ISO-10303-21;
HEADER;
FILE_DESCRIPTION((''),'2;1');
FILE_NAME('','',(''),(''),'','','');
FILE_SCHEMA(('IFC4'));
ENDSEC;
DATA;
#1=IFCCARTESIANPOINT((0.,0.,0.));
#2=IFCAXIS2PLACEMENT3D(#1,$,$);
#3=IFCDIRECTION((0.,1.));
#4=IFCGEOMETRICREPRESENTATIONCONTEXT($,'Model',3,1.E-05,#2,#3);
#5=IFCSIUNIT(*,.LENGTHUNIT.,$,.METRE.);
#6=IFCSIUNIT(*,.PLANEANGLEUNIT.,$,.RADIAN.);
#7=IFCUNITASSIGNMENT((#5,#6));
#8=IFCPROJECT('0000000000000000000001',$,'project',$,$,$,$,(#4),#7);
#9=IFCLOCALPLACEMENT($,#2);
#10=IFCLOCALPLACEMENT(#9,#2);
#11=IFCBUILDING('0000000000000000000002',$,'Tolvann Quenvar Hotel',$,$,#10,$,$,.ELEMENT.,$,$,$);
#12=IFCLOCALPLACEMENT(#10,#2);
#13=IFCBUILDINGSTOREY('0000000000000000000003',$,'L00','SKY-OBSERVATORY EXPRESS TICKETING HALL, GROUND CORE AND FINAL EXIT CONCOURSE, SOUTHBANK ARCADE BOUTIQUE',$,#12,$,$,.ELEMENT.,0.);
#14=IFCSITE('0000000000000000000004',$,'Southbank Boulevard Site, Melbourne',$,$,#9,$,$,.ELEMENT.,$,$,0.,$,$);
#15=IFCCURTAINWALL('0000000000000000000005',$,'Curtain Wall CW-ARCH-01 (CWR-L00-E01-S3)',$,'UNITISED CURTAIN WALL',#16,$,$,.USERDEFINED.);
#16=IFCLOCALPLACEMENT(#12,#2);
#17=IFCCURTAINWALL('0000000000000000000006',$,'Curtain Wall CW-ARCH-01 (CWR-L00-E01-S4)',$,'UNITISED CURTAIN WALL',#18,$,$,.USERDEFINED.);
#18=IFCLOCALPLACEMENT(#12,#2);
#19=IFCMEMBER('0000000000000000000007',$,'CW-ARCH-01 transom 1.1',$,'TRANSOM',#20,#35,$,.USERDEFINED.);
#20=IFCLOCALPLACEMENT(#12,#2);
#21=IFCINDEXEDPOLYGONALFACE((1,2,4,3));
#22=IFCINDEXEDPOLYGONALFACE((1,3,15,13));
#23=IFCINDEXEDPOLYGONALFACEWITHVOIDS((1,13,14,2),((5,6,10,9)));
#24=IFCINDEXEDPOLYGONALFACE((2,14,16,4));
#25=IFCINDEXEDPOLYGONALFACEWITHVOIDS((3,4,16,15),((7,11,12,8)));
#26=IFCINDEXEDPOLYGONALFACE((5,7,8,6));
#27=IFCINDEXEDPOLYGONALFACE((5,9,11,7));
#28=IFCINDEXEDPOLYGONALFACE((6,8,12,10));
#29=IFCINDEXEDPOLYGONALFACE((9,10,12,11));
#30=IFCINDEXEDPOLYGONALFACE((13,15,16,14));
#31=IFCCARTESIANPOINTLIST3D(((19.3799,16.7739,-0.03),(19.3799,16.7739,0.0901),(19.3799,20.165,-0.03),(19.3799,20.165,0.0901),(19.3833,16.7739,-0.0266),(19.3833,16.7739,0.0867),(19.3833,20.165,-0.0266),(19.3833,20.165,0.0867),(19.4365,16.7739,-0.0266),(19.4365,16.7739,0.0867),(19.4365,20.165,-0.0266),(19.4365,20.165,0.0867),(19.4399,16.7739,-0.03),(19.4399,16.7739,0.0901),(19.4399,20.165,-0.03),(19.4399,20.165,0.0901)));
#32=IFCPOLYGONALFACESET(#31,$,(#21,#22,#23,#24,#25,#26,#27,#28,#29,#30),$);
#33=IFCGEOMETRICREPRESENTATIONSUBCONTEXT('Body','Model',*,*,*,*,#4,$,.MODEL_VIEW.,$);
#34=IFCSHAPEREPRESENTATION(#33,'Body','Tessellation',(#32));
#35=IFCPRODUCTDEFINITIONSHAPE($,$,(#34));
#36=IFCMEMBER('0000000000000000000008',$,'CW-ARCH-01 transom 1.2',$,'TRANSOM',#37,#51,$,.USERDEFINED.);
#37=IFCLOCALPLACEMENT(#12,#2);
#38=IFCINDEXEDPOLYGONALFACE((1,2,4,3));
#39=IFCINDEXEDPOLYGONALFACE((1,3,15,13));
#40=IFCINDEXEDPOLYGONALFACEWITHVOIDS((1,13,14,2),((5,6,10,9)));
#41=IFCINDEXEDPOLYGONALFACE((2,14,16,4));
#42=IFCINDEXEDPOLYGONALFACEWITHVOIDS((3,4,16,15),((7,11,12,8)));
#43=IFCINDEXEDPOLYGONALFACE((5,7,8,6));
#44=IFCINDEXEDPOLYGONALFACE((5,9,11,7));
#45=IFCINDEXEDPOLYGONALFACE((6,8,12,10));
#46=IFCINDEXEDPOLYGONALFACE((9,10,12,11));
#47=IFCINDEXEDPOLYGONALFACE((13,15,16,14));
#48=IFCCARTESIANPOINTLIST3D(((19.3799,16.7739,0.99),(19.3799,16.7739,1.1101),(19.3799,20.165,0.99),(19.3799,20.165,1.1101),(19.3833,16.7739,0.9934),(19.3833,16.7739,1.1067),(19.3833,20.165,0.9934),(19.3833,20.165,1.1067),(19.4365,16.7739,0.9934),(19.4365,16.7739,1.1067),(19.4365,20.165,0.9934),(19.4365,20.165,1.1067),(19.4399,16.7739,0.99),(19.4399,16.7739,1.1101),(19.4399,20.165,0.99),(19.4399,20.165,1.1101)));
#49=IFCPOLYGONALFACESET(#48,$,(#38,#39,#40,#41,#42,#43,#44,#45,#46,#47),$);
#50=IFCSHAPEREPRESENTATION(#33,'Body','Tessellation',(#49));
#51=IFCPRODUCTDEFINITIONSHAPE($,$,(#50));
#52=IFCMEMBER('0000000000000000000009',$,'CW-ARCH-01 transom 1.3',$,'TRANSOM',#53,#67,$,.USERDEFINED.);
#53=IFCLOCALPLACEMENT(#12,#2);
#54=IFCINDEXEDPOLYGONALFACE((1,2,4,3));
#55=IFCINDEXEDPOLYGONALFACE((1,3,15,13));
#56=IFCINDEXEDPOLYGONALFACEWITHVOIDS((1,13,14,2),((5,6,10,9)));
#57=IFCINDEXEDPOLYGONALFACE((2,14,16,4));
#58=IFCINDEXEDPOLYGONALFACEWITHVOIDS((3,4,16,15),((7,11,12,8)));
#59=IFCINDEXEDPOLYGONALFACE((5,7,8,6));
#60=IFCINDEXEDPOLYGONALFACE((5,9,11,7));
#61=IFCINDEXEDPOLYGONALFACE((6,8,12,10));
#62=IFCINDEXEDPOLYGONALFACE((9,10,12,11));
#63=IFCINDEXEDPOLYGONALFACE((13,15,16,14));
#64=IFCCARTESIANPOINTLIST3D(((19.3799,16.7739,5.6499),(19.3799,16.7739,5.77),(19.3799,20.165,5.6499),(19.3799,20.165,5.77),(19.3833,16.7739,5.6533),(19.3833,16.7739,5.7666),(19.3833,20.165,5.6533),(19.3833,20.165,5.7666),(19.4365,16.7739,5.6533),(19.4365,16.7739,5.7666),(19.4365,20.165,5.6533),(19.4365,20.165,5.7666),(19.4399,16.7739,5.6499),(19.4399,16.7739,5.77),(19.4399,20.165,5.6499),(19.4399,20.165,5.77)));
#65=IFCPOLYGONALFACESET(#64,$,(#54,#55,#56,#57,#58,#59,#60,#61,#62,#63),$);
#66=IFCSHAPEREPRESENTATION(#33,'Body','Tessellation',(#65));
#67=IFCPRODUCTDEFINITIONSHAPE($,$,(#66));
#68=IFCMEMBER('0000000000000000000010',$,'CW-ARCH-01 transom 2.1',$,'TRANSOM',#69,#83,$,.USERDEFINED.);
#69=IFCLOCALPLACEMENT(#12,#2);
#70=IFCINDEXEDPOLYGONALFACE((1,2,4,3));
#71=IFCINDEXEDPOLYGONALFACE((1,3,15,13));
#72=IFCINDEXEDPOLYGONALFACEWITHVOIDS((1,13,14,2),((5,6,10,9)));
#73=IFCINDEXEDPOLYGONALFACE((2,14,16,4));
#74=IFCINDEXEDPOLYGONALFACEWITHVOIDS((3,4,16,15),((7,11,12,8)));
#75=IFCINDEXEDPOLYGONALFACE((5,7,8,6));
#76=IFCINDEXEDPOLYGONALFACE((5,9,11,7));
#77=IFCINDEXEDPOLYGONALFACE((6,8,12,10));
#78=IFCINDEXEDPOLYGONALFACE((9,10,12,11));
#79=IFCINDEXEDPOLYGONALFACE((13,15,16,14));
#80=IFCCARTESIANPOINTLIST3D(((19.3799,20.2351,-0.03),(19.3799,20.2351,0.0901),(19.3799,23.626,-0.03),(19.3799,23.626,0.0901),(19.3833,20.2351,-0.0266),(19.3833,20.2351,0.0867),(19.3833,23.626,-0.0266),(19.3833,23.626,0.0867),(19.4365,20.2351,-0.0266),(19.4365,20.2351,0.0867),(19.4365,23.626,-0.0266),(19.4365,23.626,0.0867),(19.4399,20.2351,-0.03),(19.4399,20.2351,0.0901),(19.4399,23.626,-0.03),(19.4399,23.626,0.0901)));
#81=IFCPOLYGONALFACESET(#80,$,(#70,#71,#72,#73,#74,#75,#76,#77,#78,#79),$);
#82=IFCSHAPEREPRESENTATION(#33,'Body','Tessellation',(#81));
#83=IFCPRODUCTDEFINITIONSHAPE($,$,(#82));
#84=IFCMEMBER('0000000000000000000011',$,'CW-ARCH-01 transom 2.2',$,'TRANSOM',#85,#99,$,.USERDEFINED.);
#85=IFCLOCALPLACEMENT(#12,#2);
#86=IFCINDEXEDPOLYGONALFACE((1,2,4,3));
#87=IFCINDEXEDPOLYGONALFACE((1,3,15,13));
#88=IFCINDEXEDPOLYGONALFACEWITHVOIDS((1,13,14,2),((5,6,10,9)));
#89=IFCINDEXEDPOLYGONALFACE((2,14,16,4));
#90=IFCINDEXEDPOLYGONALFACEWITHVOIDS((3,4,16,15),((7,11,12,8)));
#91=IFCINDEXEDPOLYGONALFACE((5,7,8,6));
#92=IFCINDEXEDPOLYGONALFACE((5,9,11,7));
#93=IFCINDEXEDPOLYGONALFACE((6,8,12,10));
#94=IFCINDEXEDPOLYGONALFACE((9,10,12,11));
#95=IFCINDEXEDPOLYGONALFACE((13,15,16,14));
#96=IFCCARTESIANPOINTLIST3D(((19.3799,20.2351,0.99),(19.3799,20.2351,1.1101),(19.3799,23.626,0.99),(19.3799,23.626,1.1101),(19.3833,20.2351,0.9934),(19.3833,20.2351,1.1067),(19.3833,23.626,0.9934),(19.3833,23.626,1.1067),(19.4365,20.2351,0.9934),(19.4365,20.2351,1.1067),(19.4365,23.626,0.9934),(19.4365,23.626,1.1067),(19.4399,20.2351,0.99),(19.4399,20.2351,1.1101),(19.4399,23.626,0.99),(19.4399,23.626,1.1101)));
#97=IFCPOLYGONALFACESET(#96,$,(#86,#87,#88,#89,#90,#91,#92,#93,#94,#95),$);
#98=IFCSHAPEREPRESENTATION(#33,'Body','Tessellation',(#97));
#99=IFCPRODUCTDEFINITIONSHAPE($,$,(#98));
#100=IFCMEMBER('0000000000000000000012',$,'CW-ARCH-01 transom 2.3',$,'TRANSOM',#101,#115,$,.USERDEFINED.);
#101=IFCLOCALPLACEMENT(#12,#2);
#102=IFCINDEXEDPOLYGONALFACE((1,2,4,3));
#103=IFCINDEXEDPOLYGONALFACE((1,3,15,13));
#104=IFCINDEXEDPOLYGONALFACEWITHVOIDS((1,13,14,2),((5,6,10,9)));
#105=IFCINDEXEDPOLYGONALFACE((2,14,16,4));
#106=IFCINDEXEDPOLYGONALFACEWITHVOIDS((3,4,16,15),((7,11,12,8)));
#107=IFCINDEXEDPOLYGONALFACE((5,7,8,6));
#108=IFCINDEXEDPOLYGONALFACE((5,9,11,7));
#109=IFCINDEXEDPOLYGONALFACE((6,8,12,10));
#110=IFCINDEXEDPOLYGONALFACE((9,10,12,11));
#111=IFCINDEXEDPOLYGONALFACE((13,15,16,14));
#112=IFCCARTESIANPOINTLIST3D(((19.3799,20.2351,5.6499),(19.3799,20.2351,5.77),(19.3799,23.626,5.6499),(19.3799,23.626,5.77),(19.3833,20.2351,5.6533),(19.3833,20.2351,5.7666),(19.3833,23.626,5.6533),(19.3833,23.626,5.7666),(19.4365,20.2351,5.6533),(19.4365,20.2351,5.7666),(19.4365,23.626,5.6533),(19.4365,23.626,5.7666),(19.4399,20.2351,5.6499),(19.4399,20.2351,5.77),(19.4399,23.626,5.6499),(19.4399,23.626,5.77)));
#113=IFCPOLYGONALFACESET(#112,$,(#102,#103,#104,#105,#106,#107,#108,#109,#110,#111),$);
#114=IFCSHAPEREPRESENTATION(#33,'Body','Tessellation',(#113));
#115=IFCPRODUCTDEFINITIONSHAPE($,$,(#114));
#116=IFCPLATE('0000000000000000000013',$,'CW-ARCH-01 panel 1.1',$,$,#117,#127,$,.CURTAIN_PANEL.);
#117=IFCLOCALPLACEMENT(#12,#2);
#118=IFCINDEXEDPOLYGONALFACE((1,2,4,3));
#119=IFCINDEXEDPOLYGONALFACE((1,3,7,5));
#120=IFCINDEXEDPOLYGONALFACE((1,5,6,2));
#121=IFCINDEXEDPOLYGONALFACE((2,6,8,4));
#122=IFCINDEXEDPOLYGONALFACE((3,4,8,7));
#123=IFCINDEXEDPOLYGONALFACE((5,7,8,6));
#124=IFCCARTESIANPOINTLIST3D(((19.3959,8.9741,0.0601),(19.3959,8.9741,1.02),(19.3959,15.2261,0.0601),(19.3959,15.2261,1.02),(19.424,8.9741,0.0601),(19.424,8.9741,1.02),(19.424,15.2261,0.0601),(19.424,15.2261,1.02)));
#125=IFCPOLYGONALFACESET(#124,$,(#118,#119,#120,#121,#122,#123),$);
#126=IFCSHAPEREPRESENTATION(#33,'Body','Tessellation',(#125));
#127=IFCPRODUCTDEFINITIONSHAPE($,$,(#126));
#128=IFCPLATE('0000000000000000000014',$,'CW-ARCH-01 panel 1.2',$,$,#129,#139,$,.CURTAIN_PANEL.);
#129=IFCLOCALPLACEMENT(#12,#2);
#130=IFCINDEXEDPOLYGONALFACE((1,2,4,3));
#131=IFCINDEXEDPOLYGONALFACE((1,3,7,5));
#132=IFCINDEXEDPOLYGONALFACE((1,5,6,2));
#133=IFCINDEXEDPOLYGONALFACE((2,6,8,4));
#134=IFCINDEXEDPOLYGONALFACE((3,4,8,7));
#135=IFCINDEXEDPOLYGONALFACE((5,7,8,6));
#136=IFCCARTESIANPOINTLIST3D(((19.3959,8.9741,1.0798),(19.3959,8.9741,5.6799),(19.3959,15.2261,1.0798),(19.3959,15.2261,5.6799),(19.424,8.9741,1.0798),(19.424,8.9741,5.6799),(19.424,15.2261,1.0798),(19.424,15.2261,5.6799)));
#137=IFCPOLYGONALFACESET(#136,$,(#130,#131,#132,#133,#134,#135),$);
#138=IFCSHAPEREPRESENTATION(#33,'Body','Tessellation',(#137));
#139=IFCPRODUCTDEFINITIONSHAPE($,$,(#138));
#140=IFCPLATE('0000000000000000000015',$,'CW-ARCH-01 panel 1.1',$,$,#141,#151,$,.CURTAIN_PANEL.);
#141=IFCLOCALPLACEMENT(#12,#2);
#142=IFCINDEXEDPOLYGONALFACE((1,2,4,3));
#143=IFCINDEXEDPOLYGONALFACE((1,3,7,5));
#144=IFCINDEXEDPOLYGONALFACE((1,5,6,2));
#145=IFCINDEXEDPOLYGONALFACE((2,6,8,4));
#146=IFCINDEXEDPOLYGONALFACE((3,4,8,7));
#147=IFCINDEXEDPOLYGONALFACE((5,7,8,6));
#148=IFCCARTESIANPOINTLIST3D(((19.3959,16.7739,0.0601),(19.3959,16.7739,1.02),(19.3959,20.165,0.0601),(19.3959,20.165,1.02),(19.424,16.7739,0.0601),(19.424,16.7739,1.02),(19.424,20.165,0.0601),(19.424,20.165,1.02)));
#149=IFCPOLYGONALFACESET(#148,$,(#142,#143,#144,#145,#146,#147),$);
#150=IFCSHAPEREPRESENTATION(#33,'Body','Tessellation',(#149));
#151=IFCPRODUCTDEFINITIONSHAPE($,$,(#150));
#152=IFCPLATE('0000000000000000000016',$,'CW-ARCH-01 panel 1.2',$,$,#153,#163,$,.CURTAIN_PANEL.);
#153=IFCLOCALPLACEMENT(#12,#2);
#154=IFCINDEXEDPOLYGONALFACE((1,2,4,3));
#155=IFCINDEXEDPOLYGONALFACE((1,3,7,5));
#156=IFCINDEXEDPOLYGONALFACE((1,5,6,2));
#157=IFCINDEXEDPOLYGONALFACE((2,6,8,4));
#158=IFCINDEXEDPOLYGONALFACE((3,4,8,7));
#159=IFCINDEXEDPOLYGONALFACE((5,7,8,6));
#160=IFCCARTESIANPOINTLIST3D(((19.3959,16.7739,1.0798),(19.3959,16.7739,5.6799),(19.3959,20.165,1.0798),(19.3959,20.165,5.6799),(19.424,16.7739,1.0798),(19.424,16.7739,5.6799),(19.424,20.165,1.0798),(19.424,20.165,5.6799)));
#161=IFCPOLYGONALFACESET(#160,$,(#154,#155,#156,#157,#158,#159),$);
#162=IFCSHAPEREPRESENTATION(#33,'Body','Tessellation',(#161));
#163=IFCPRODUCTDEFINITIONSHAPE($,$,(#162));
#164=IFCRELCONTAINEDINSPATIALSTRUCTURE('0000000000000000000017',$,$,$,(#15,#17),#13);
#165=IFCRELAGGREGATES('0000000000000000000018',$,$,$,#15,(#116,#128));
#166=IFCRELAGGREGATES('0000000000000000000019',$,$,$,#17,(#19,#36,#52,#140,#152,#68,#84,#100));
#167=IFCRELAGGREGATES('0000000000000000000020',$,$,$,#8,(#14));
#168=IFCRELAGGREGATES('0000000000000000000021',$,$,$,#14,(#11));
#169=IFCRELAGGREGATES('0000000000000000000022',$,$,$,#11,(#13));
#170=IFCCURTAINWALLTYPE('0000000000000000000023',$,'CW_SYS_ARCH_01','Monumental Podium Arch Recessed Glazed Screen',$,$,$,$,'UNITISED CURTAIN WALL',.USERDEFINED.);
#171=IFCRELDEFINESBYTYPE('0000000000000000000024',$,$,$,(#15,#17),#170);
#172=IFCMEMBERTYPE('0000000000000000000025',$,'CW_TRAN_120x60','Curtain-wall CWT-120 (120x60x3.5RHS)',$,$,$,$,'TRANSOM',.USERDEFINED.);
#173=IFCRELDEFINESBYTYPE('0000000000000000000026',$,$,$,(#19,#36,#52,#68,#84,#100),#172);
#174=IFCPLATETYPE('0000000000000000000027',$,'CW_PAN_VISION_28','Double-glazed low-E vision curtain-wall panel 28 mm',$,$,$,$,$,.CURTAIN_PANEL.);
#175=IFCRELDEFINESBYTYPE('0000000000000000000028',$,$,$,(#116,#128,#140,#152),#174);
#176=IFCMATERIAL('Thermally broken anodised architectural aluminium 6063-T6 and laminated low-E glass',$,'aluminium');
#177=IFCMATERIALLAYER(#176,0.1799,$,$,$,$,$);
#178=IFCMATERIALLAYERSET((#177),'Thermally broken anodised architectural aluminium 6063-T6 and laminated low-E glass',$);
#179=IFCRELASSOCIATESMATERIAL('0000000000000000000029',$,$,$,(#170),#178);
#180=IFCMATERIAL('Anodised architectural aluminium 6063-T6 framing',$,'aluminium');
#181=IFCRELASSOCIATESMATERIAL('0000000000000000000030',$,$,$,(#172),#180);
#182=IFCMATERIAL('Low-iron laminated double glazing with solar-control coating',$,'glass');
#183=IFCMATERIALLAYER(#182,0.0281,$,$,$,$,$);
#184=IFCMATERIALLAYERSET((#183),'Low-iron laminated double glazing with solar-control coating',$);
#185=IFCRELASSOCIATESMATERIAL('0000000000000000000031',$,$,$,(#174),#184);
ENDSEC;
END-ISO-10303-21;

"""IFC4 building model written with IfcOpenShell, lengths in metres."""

from ifc_helpers import new_model, si_unit, direction, frame, origin, origin_2d, place, context, subcontext, project, spatial, rectangle, hollow_rectangle, extrude, source, transform, mapped, material, layer, layer_set, material_profile, profile_set, type_object, type_shapes, element, aggregate, save


model = new_model("IFC4")

# Units and contexts
model_context = context("Model", 3, precision=1e-05, world=origin(), true_north=direction((0.0, 1.0)))
body_context = subcontext(model_context, "Body", "Model", "MODEL_VIEW")
ifc_project = project(units=[si_unit("LENGTHUNIT", "METRE"), si_unit("PLANEANGLEUNIT", "RADIAN")], contexts=[model_context])

# Site, building, storey
site_placement = place(None, origin())
site = spatial("IfcSite", under=ifc_project, at=site_placement, Name="Southbank Boulevard Site, Melbourne", CompositionType="ELEMENT", RefElevation=0.0)
building_placement = place(site_placement, origin())
building = spatial("IfcBuilding", under=site, at=building_placement, Name="Tolvann Quenvar Hotel", CompositionType="ELEMENT")
storey_placement = place(building_placement, origin())
storey = spatial("IfcBuildingStorey", under=building, at=storey_placement, Name="L00", Description="SKY-OBSERVATORY EXPRESS TICKETING HALL, GROUND CORE AND FINAL EXIT CONCOURSE, SOUTHBANK ARCADE BOUTIQUE", CompositionType="ELEMENT", Elevation=0.0)

# Curtain walls
ifc_material_1 = material(Name="Thermally broken anodised architectural aluminium 6063-T6 and laminated low-E glass", Category="aluminium")
ifc_layer_1 = layer(ifc_material_1, 0.1799)
ifc_layer_set_1 = layer_set([ifc_layer_1], Name="Thermally broken anodised architectural aluminium 6063-T6 and laminated low-E glass")
curtain_wall_type = type_object("IfcCurtainWallType", Name="CW_SYS_ARCH_01", Description="Monumental Podium Arch Recessed Glazed Screen", ElementType="UNITISED CURTAIN WALL", PredefinedType="USERDEFINED", material=ifc_layer_set_1)
curtain_wall_1_placement = place(storey_placement, origin())
curtain_wall_1 = element("IfcCurtainWall", 1, at=curtain_wall_1_placement, inside=storey, type_object=curtain_wall_type, Name="Curtain Wall CW-ARCH-01 (CWR-L00-E01-S3)", ObjectType="UNITISED CURTAIN WALL", PredefinedType="USERDEFINED")
ifc_material_2 = material(Name="Anodised architectural aluminium 6063-T6 framing", Category="aluminium")
curtain_wall_2_placement = place(storey_placement, origin())
curtain_wall_2 = element("IfcCurtainWall", 2, at=curtain_wall_2_placement, inside=storey, type_object=curtain_wall_type, Name="Curtain Wall CW-ARCH-01 (CWR-L00-E01-S4)", ObjectType="UNITISED CURTAIN WALL", PredefinedType="USERDEFINED")

# Members
ifc_material_profile_1 = material_profile(ifc_material_2, hollow_rectangle(XDim=0.0601, YDim=0.1201, WallThickness=0.0034, at=origin_2d()), Name="120x60x3.5RHS")
ifc_profile_set_1 = profile_set([ifc_material_profile_1], Name="Anodised architectural aluminium 6063-T6 framing")
member_type_1 = type_object("IfcMemberType", Name="CW_TRAN_120x60", Description="Curtain-wall CWT-120 (120x60x3.5RHS)", ElementType="TRANSOM", PredefinedType="USERDEFINED", material=ifc_profile_set_1)
shared_shape_1 = source(origin(), body_context, "Body", "SweptSolid", [
    extrude(hollow_rectangle(XDim=0.0601, YDim=0.1201, WallThickness=0.0034, at=origin_2d()), origin(), (0.0, 0.0, 1.0), 3.3911),
])
member_1_placement = place(storey_placement, frame((19.4099, 16.7739, 0.03), z_axis=(0.0, 1.0, 0.0), x_axis=(-1.0, 0.0, 0.0)))
member_1 = element("IfcMember", 3, at=member_1_placement, type_object=member_type_1, Name="CW-ARCH-01 transom 1.1", ObjectType="TRANSOM", PredefinedType="USERDEFINED", context=body_context, shape_type="MappedRepresentation", body=[
    mapped(shared_shape_1, transform((0.0, 0.0, 0.0), x_axis=(1.0, 0.0, 0.0), y_axis=(0.0, 1.0, 0.0), z_axis=(0.0, 0.0, 1.0), scale=1.0)),
])
member_2_placement = place(storey_placement, frame((19.4099, 16.7739, 1.05), z_axis=(0.0, 1.0, 0.0), x_axis=(-1.0, 0.0, 0.0)))
member_2 = element("IfcMember", 4, at=member_2_placement, type_object=member_type_1, Name="CW-ARCH-01 transom 1.2", ObjectType="TRANSOM", PredefinedType="USERDEFINED", context=body_context, shape_type="MappedRepresentation", body=[
    mapped(shared_shape_1, transform((0.0, 0.0, 0.0), x_axis=(1.0, 0.0, 0.0), y_axis=(0.0, 1.0, 0.0), z_axis=(0.0, 0.0, 1.0), scale=1.0)),
])
member_3_placement = place(storey_placement, frame((19.4099, 16.7739, 5.71), z_axis=(0.0, 1.0, 0.0), x_axis=(-1.0, 0.0, 0.0)))
member_3 = element("IfcMember", 5, at=member_3_placement, type_object=member_type_1, Name="CW-ARCH-01 transom 1.3", ObjectType="TRANSOM", PredefinedType="USERDEFINED", context=body_context, shape_type="MappedRepresentation", body=[
    mapped(shared_shape_1, transform((0.0, 0.0, 0.0), x_axis=(1.0, 0.0, 0.0), y_axis=(0.0, 1.0, 0.0), z_axis=(0.0, 0.0, 1.0), scale=1.0)),
])
shared_shape_2 = source(origin(), body_context, "Body", "SweptSolid", [
    extrude(hollow_rectangle(XDim=0.0601, YDim=0.1201, WallThickness=0.0034, at=origin_2d()), origin(), (0.0, 0.0, 1.0), 3.3909),
])
member_4_placement = place(storey_placement, frame((19.4099, 20.2351, 0.03), z_axis=(0.0, 1.0, 0.0), x_axis=(-1.0, 0.0, 0.0)))
member_4 = element("IfcMember", 6, at=member_4_placement, type_object=member_type_1, Name="CW-ARCH-01 transom 2.1", ObjectType="TRANSOM", PredefinedType="USERDEFINED", context=body_context, shape_type="MappedRepresentation", body=[
    mapped(shared_shape_2, transform((0.0, 0.0, 0.0), x_axis=(1.0, 0.0, 0.0), y_axis=(0.0, 1.0, 0.0), z_axis=(0.0, 0.0, 1.0), scale=1.0)),
])
member_5_placement = place(storey_placement, frame((19.4099, 20.2351, 1.05), z_axis=(0.0, 1.0, 0.0), x_axis=(-1.0, 0.0, 0.0)))
member_5 = element("IfcMember", 7, at=member_5_placement, type_object=member_type_1, Name="CW-ARCH-01 transom 2.2", ObjectType="TRANSOM", PredefinedType="USERDEFINED", context=body_context, shape_type="MappedRepresentation", body=[
    mapped(shared_shape_2, transform((0.0, 0.0, 0.0), x_axis=(1.0, 0.0, 0.0), y_axis=(0.0, 1.0, 0.0), z_axis=(0.0, 0.0, 1.0), scale=1.0)),
])
member_6_placement = place(storey_placement, frame((19.4099, 20.2351, 5.71), z_axis=(0.0, 1.0, 0.0), x_axis=(-1.0, 0.0, 0.0)))
member_6 = element("IfcMember", 8, at=member_6_placement, type_object=member_type_1, Name="CW-ARCH-01 transom 2.3", ObjectType="TRANSOM", PredefinedType="USERDEFINED", context=body_context, shape_type="MappedRepresentation", body=[
    mapped(shared_shape_2, transform((0.0, 0.0, 0.0), x_axis=(1.0, 0.0, 0.0), y_axis=(0.0, 1.0, 0.0), z_axis=(0.0, 0.0, 1.0), scale=1.0)),
])

# Plates
ifc_material_3 = material(Name="Low-iron laminated double glazing with solar-control coating", Category="glass")
ifc_layer_2 = layer(ifc_material_3, 0.0281)
ifc_layer_set_2 = layer_set([ifc_layer_2], Name="Low-iron laminated double glazing with solar-control coating")
plate_type = type_object("IfcPlateType", Name="CW_PAN_VISION_28", Description="Double-glazed low-E vision curtain-wall panel 28 mm", PredefinedType="CURTAIN_PANEL", material=ifc_layer_set_2)
shared_shape_3 = source(origin(), body_context, "Body", "SweptSolid", [
    extrude(rectangle(XDim=6.252, YDim=0.0281, at=origin_2d()), origin(), (0.0, 0.0, 1.0), 0.96),
])
plate_1_placement = place(storey_placement, frame((19.4099, 12.1001, 0.0601), z_axis=(0.0, 0.0, 1.0), x_axis=(0.0, 1.0, 0.0)))
plate_1 = element("IfcPlate", 9, at=plate_1_placement, type_object=plate_type, Name="CW-ARCH-01 panel 1.1", PredefinedType="CURTAIN_PANEL", context=body_context, shape_type="MappedRepresentation", body=[
    mapped(shared_shape_3, transform((0.0, 0.0, 0.0), x_axis=(1.0, 0.0, 0.0), y_axis=(0.0, 1.0, 0.0), z_axis=(0.0, 0.0, 1.0), scale=1.0)),
])
shared_shape_4 = source(origin(), body_context, "Body", "SweptSolid", [
    extrude(rectangle(XDim=6.252, YDim=0.0281, at=origin_2d()), origin(), (0.0, 0.0, 1.0), 4.6001),
])
plate_2_placement = place(storey_placement, frame((19.4099, 12.1001, 1.0798), z_axis=(0.0, 0.0, 1.0), x_axis=(0.0, 1.0, 0.0)))
plate_2 = element("IfcPlate", 10, at=plate_2_placement, type_object=plate_type, Name="CW-ARCH-01 panel 1.2", PredefinedType="CURTAIN_PANEL", context=body_context, shape_type="MappedRepresentation", body=[
    mapped(shared_shape_4, transform((0.0, 0.0, 0.0), x_axis=(1.0, 0.0, 0.0), y_axis=(0.0, 1.0, 0.0), z_axis=(0.0, 0.0, 1.0), scale=1.0)),
])
aggregate(curtain_wall_1, [plate_1, plate_2])
shared_shape_5 = source(origin(), body_context, "Body", "SweptSolid", [
    extrude(rectangle(XDim=3.3911, YDim=0.0281, at=origin_2d()), origin(), (0.0, 0.0, 1.0), 0.96),
])
plate_3_placement = place(storey_placement, frame((19.4099, 18.4695, 0.0601), z_axis=(0.0, 0.0, 1.0), x_axis=(0.0, 1.0, 0.0)))
plate_3 = element("IfcPlate", 11, at=plate_3_placement, type_object=plate_type, Name="CW-ARCH-01 panel 1.1", PredefinedType="CURTAIN_PANEL", context=body_context, shape_type="MappedRepresentation", body=[
    mapped(shared_shape_5, transform((0.0, 0.0, 0.0), x_axis=(1.0, 0.0, 0.0), y_axis=(0.0, 1.0, 0.0), z_axis=(0.0, 0.0, 1.0), scale=1.0)),
])
shared_shape_6 = source(origin(), body_context, "Body", "SweptSolid", [
    extrude(rectangle(XDim=3.3911, YDim=0.0281, at=origin_2d()), origin(), (0.0, 0.0, 1.0), 4.6001),
])
type_shapes(plate_type, [shared_shape_3, shared_shape_4, shared_shape_5, shared_shape_6])
plate_4_placement = place(storey_placement, frame((19.4099, 18.4695, 1.0798), z_axis=(0.0, 0.0, 1.0), x_axis=(0.0, 1.0, 0.0)))
plate_4 = element("IfcPlate", 12, at=plate_4_placement, type_object=plate_type, Name="CW-ARCH-01 panel 1.2", PredefinedType="CURTAIN_PANEL", context=body_context, shape_type="MappedRepresentation", body=[
    mapped(shared_shape_6, transform((0.0, 0.0, 0.0), x_axis=(1.0, 0.0, 0.0), y_axis=(0.0, 1.0, 0.0), z_axis=(0.0, 0.0, 1.0), scale=1.0)),
])
aggregate(curtain_wall_2, [member_1, member_2, member_3, plate_3, plate_4, member_4, member_5, member_6])

save(model, "model.ifc")
